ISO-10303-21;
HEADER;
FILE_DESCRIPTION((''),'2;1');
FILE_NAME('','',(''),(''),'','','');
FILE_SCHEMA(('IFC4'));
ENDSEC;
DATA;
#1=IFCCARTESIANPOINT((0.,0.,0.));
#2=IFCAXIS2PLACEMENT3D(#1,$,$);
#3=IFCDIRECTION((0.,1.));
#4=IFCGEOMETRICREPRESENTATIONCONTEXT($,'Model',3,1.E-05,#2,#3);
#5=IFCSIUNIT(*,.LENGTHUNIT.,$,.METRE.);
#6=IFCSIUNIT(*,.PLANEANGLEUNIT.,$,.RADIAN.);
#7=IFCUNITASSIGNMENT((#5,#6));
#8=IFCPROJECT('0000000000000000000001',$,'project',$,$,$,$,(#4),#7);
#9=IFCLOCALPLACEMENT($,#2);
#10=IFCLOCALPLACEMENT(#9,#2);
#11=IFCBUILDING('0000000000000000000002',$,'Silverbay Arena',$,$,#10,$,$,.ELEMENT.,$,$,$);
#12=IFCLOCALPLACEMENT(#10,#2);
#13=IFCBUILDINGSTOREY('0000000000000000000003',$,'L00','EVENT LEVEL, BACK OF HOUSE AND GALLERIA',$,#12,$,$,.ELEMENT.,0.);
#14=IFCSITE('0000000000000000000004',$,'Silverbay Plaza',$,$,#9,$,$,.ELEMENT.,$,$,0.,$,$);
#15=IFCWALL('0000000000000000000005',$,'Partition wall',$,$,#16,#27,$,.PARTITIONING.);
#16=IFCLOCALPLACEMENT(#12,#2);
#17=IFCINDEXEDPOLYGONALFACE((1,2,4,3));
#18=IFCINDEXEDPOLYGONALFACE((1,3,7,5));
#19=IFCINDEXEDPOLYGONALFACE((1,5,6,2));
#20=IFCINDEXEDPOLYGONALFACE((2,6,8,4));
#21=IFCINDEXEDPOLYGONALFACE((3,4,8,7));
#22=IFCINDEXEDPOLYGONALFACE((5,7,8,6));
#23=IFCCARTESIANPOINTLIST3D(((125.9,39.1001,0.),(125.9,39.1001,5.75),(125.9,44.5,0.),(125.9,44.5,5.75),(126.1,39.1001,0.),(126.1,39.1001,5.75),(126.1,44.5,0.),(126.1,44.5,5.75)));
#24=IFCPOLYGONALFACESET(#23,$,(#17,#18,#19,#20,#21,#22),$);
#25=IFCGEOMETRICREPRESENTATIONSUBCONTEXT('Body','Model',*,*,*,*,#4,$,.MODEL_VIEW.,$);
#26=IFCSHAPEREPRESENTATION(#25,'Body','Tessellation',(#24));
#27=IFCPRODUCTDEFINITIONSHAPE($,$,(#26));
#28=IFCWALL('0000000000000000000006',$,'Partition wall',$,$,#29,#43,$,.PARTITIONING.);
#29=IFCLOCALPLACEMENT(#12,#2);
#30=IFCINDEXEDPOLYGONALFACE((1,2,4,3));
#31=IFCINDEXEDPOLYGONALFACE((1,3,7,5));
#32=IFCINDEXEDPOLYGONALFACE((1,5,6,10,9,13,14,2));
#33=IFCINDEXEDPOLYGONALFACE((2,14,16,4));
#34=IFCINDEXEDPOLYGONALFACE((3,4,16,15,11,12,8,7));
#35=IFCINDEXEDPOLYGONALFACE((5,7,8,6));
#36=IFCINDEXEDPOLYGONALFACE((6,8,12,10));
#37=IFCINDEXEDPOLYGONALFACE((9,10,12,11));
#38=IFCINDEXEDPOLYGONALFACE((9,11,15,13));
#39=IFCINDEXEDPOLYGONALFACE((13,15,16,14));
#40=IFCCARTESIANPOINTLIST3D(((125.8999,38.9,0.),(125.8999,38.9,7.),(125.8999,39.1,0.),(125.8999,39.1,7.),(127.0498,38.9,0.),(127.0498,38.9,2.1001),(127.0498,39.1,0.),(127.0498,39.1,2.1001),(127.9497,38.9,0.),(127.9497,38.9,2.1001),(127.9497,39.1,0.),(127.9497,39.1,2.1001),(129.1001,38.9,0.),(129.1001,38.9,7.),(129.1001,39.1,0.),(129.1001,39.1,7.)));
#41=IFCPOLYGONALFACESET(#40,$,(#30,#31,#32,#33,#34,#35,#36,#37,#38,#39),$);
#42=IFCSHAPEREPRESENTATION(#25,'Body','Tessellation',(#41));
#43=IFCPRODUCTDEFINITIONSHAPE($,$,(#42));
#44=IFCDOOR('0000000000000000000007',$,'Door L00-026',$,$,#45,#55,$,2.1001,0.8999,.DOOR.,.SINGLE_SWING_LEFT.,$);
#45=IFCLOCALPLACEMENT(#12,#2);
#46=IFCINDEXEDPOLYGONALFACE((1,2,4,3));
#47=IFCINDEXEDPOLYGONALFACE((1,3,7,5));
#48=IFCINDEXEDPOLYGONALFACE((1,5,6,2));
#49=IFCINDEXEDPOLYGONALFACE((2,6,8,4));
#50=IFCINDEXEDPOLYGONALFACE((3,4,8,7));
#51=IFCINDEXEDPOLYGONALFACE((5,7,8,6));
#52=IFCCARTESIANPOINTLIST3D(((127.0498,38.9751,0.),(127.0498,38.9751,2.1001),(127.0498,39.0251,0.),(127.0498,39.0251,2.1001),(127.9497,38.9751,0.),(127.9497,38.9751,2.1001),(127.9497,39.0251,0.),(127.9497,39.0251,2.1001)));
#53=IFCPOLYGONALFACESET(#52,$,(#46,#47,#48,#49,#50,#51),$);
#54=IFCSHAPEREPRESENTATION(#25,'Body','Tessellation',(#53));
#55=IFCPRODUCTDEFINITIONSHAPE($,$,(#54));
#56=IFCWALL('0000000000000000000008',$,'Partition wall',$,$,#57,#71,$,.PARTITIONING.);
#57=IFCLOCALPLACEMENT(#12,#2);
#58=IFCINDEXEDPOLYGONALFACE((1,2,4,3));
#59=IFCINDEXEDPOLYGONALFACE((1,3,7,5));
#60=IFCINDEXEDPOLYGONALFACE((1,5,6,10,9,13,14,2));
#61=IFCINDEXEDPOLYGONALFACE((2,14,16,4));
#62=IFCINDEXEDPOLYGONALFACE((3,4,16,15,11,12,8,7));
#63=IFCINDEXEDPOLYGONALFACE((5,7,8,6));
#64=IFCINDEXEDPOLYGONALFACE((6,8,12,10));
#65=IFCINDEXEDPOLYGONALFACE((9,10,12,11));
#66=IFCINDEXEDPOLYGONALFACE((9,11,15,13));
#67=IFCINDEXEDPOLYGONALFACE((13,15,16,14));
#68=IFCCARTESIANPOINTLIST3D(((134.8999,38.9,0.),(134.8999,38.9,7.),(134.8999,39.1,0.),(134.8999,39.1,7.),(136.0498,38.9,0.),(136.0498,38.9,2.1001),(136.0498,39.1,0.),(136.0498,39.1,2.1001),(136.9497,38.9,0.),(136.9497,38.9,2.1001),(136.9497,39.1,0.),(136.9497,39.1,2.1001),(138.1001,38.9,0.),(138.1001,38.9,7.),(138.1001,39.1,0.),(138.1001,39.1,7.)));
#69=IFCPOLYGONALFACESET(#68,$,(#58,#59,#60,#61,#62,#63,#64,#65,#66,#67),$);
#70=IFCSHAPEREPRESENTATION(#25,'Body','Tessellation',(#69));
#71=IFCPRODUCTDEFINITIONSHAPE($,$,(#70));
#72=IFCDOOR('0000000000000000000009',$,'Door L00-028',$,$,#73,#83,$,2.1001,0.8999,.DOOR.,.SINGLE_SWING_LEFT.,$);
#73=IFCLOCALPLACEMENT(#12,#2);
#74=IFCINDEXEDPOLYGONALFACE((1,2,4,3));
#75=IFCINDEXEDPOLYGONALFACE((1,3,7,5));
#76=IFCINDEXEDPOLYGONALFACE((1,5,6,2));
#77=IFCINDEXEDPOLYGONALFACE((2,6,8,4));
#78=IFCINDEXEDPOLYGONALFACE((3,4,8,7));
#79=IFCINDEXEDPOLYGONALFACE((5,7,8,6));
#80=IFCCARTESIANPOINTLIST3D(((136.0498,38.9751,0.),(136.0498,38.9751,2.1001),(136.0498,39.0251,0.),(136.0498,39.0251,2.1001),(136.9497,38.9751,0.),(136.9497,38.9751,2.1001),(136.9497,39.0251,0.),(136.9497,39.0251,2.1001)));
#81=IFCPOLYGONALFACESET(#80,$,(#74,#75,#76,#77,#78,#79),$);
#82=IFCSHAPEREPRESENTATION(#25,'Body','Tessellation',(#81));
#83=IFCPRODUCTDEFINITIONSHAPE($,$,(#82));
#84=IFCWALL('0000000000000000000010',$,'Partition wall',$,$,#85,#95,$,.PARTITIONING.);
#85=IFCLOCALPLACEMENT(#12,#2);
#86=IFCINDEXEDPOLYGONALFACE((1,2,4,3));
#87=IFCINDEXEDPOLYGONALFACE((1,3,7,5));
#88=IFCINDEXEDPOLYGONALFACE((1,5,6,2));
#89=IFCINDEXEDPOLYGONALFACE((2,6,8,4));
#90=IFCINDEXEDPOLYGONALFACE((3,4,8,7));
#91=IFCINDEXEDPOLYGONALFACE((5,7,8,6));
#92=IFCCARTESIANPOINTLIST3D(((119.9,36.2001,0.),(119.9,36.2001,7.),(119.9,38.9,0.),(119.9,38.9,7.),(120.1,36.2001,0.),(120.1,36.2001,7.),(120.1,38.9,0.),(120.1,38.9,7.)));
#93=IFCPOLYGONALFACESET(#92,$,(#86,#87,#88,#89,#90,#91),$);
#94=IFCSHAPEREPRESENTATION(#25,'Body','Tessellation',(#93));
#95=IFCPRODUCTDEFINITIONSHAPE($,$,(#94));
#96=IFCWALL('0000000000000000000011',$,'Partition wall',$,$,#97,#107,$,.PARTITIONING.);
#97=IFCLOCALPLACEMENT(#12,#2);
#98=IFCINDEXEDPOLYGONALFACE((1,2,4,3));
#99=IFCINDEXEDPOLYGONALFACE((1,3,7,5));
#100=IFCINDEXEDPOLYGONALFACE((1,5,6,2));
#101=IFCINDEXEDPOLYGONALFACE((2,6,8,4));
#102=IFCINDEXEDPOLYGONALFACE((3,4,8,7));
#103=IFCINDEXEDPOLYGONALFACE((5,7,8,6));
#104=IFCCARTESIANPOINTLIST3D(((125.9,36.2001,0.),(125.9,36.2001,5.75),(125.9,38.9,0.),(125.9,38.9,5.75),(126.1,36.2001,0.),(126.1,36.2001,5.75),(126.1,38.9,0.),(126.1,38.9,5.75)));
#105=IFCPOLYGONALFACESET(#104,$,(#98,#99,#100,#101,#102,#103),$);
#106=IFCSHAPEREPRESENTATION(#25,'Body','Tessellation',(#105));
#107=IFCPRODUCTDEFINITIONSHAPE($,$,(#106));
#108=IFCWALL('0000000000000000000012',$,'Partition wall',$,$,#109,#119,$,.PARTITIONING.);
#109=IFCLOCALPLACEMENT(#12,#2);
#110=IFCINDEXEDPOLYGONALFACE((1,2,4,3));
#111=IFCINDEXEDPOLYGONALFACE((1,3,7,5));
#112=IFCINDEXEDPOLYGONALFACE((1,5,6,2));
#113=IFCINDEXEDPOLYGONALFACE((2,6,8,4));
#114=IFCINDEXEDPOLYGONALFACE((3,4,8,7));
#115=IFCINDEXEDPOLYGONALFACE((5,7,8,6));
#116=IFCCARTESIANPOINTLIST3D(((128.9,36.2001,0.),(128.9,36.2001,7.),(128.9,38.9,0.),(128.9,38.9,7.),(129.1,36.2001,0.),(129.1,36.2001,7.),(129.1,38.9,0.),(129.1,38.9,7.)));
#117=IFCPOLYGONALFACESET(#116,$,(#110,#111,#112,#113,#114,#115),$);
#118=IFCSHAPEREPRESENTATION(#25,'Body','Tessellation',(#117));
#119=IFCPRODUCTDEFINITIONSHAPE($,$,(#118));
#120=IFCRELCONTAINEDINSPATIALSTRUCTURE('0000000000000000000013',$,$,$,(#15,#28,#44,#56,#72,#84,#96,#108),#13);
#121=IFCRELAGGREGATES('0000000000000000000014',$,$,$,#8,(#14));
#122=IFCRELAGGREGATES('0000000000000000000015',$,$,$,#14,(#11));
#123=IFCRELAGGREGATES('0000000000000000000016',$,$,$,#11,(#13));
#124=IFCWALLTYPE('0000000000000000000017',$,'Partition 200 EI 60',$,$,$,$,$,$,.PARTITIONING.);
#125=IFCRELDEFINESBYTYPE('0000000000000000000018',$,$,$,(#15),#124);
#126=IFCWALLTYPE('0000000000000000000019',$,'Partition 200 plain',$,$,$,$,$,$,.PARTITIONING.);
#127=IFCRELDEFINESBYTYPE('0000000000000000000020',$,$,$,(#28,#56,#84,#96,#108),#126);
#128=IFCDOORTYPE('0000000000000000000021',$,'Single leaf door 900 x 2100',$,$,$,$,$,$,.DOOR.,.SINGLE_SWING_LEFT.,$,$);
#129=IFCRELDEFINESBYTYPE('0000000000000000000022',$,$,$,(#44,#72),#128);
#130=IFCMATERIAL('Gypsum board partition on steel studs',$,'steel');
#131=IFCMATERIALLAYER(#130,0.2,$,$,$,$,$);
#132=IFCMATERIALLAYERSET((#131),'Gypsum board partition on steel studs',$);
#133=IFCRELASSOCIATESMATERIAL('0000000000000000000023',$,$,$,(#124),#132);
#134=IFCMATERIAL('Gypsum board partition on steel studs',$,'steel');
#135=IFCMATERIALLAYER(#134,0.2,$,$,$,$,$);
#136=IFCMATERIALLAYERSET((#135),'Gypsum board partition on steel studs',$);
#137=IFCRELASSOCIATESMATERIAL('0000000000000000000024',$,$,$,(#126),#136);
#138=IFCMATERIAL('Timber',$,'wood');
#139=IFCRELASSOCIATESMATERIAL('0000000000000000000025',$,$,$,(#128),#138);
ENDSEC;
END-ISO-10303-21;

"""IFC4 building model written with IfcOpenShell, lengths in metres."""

from ifc_helpers import new_model, si_unit, direction, frame, frame_2d, origin, place, context, subcontext, project, spatial, rectangle, extrude, material, layer, layer_set, type_object, element, fill, save


model = new_model("IFC4")

# Units and contexts
model_context = context("Model", 3, precision=1e-05, world=origin(), true_north=direction((0.0, 1.0)))
body_context = subcontext(model_context, "Body", "Model", "MODEL_VIEW")
ifc_project = project(units=[si_unit("LENGTHUNIT", "METRE"), si_unit("PLANEANGLEUNIT", "RADIAN")], contexts=[model_context])

# Site, building, storey
site_placement = place(None, origin())
site = spatial("IfcSite", under=ifc_project, at=site_placement, Name="Silverbay Plaza", CompositionType="ELEMENT", RefElevation=0.0)
building_placement = place(site_placement, origin())
building = spatial("IfcBuilding", under=site, at=building_placement, Name="Silverbay Arena", CompositionType="ELEMENT")
storey_placement = place(building_placement, origin())
storey = spatial("IfcBuildingStorey", under=building, at=storey_placement, Name="L00", Description="EVENT LEVEL, BACK OF HOUSE AND GALLERIA", CompositionType="ELEMENT", Elevation=0.0)

# Shared definitions
ifc_material_1 = material(Name="Gypsum board partition on steel studs", Category="steel")
ifc_layer_1 = layer(ifc_material_1, 0.2)
ifc_layer_set_1 = layer_set([ifc_layer_1], Name="Gypsum board partition on steel studs")
wall_type_1 = type_object("IfcWallType", Name="Partition 200 EI 60", PredefinedType="PARTITIONING", material=ifc_layer_set_1)

# Wall
wall_1_placement = place(storey_placement, frame((126.0, 39.1001, 0.0), z_axis=(0.0, 0.0, 1.0), x_axis=(0.0, 1.0, 0.0)))
element("IfcWall", 1, at=wall_1_placement, inside=storey, type_object=wall_type_1, Name="Partition wall", PredefinedType="PARTITIONING", context=body_context, shape_type="SweptSolid", body=[
    extrude(rectangle(XDim=5.3999, YDim=0.2, at=frame_2d((2.7, 0.0))), origin(), (0.0, 0.0, 1.0), 5.75),
])

# Walls, openings, doors
ifc_material_2 = material(Name="Gypsum board partition on steel studs", Category="steel")
ifc_layer_2 = layer(ifc_material_2, 0.2)
ifc_layer_set_2 = layer_set([ifc_layer_2], Name="Gypsum board partition on steel studs")
wall_type_2 = type_object("IfcWallType", Name="Partition 200 plain", PredefinedType="PARTITIONING", material=ifc_layer_set_2)
wall_2_placement = place(storey_placement, frame((125.8999, 39.0, 0.0), z_axis=(0.0, 0.0, 1.0), x_axis=(1.0, 0.0, 0.0)))
wall_2 = element("IfcWall", 2, at=wall_2_placement, inside=storey, type_object=wall_type_2, Name="Partition wall", PredefinedType="PARTITIONING", context=body_context, shape_type="SweptSolid", body=[
    extrude(rectangle(XDim=3.2002, YDim=0.2, at=frame_2d((1.6001, 0.0))), origin(), (0.0, 0.0, 1.0), 7.0),
])
opening_1_placement = place(wall_2_placement, frame((1.1499, 0.0, 0.0)))
opening_1 = element("IfcOpeningElement", 3, at=opening_1_placement, cuts=wall_2, PredefinedType="OPENING", context=body_context, shape_type="SweptSolid", body=[
    extrude(rectangle(XDim=0.8999, YDim=2.1001, at=frame_2d((0.45, 1.05))), frame((0.0, 0.1099, 0.0), z_axis=(0.0, -1.0, 0.0), x_axis=(1.0, 0.0, 0.0)), (0.0, 0.0, 1.0), 0.22),
])
ifc_material_3 = material(Name="Timber", Category="wood")
door_type_1 = type_object("IfcDoorType", Name="Single leaf door 900 x 2100", OperationType="SINGLE_SWING_LEFT", PredefinedType="DOOR", material=ifc_material_3)
door_1_placement = place(opening_1_placement, frame((0.8999, 0.0, 0.0), z_axis=(0.0, 0.0, 1.0), x_axis=(-1.0, 0.0, 0.0)))
door_1 = element("IfcDoor", 4, at=door_1_placement, inside=storey, type_object=door_type_1, Name="Door L00-026", OperationType="SINGLE_SWING_LEFT", OverallHeight=2.1001, OverallWidth=0.8999, PredefinedType="DOOR", context=body_context, shape_type="SweptSolid", body=[
    extrude(rectangle(XDim=0.8999, YDim=2.1001, at=frame_2d((0.45, 1.05))), frame((0.0, 0.0249, 0.0), z_axis=(0.0, -1.0, 0.0), x_axis=(1.0, 0.0, 0.0)), (0.0, 0.0, 1.0), 0.05),
])
fill(opening_1, door_1)
wall_3_placement = place(storey_placement, frame((134.8999, 39.0, 0.0), z_axis=(0.0, 0.0, 1.0), x_axis=(1.0, 0.0, 0.0)))
wall_3 = element("IfcWall", 5, at=wall_3_placement, inside=storey, type_object=wall_type_2, Name="Partition wall", PredefinedType="PARTITIONING", context=body_context, shape_type="SweptSolid", body=[
    extrude(rectangle(XDim=3.2002, YDim=0.2, at=frame_2d((1.6001, 0.0))), origin(), (0.0, 0.0, 1.0), 7.0),
])
opening_2_placement = place(wall_3_placement, frame((1.1499, 0.0, 0.0)))
opening_2 = element("IfcOpeningElement", 6, at=opening_2_placement, cuts=wall_3, PredefinedType="OPENING", context=body_context, shape_type="SweptSolid", body=[
    extrude(rectangle(XDim=0.8999, YDim=2.1001, at=frame_2d((0.45, 1.05))), frame((0.0, 0.1099, 0.0), z_axis=(0.0, -1.0, 0.0), x_axis=(1.0, 0.0, 0.0)), (0.0, 0.0, 1.0), 0.22),
])
door_2_placement = place(opening_2_placement, frame((0.8999, 0.0, 0.0), z_axis=(0.0, 0.0, 1.0), x_axis=(-1.0, 0.0, 0.0)))
door_2 = element("IfcDoor", 7, at=door_2_placement, inside=storey, type_object=door_type_1, Name="Door L00-028", OperationType="SINGLE_SWING_LEFT", OverallHeight=2.1001, OverallWidth=0.8999, PredefinedType="DOOR", context=body_context, shape_type="SweptSolid", body=[
    extrude(rectangle(XDim=0.8999, YDim=2.1001, at=frame_2d((0.45, 1.05))), frame((0.0, 0.0249, 0.0), z_axis=(0.0, -1.0, 0.0), x_axis=(1.0, 0.0, 0.0)), (0.0, 0.0, 1.0), 0.05),
])
fill(opening_2, door_2)

# Walls
wall_4_placement = place(storey_placement, frame((120.0, 36.2, 0.0), z_axis=(0.0, 0.0, 1.0), x_axis=(0.0, 1.0, 0.0)))
element("IfcWall", 8, at=wall_4_placement, inside=storey, type_object=wall_type_2, Name="Partition wall", PredefinedType="PARTITIONING", context=body_context, shape_type="SweptSolid", body=[
    extrude(rectangle(XDim=2.7, YDim=0.2, at=frame_2d((1.3501, 0.0))), origin(), (0.0, 0.0, 1.0), 7.0),
])
wall_5_placement = place(storey_placement, frame((126.0, 36.2, 0.0), z_axis=(0.0, 0.0, 1.0), x_axis=(0.0, 1.0, 0.0)))
element("IfcWall", 9, at=wall_5_placement, inside=storey, type_object=wall_type_2, Name="Partition wall", PredefinedType="PARTITIONING", context=body_context, shape_type="SweptSolid", body=[
    extrude(rectangle(XDim=2.7, YDim=0.2, at=frame_2d((1.3501, 0.0))), origin(), (0.0, 0.0, 1.0), 5.75),
])
wall_6_placement = place(storey_placement, frame((129.0, 36.2, 0.0), z_axis=(0.0, 0.0, 1.0), x_axis=(0.0, 1.0, 0.0)))
element("IfcWall", 10, at=wall_6_placement, inside=storey, type_object=wall_type_2, Name="Partition wall", PredefinedType="PARTITIONING", context=body_context, shape_type="SweptSolid", body=[
    extrude(rectangle(XDim=2.7, YDim=0.2, at=frame_2d((1.3501, 0.0))), origin(), (0.0, 0.0, 1.0), 7.0),
])

save(model, "model.ifc")
